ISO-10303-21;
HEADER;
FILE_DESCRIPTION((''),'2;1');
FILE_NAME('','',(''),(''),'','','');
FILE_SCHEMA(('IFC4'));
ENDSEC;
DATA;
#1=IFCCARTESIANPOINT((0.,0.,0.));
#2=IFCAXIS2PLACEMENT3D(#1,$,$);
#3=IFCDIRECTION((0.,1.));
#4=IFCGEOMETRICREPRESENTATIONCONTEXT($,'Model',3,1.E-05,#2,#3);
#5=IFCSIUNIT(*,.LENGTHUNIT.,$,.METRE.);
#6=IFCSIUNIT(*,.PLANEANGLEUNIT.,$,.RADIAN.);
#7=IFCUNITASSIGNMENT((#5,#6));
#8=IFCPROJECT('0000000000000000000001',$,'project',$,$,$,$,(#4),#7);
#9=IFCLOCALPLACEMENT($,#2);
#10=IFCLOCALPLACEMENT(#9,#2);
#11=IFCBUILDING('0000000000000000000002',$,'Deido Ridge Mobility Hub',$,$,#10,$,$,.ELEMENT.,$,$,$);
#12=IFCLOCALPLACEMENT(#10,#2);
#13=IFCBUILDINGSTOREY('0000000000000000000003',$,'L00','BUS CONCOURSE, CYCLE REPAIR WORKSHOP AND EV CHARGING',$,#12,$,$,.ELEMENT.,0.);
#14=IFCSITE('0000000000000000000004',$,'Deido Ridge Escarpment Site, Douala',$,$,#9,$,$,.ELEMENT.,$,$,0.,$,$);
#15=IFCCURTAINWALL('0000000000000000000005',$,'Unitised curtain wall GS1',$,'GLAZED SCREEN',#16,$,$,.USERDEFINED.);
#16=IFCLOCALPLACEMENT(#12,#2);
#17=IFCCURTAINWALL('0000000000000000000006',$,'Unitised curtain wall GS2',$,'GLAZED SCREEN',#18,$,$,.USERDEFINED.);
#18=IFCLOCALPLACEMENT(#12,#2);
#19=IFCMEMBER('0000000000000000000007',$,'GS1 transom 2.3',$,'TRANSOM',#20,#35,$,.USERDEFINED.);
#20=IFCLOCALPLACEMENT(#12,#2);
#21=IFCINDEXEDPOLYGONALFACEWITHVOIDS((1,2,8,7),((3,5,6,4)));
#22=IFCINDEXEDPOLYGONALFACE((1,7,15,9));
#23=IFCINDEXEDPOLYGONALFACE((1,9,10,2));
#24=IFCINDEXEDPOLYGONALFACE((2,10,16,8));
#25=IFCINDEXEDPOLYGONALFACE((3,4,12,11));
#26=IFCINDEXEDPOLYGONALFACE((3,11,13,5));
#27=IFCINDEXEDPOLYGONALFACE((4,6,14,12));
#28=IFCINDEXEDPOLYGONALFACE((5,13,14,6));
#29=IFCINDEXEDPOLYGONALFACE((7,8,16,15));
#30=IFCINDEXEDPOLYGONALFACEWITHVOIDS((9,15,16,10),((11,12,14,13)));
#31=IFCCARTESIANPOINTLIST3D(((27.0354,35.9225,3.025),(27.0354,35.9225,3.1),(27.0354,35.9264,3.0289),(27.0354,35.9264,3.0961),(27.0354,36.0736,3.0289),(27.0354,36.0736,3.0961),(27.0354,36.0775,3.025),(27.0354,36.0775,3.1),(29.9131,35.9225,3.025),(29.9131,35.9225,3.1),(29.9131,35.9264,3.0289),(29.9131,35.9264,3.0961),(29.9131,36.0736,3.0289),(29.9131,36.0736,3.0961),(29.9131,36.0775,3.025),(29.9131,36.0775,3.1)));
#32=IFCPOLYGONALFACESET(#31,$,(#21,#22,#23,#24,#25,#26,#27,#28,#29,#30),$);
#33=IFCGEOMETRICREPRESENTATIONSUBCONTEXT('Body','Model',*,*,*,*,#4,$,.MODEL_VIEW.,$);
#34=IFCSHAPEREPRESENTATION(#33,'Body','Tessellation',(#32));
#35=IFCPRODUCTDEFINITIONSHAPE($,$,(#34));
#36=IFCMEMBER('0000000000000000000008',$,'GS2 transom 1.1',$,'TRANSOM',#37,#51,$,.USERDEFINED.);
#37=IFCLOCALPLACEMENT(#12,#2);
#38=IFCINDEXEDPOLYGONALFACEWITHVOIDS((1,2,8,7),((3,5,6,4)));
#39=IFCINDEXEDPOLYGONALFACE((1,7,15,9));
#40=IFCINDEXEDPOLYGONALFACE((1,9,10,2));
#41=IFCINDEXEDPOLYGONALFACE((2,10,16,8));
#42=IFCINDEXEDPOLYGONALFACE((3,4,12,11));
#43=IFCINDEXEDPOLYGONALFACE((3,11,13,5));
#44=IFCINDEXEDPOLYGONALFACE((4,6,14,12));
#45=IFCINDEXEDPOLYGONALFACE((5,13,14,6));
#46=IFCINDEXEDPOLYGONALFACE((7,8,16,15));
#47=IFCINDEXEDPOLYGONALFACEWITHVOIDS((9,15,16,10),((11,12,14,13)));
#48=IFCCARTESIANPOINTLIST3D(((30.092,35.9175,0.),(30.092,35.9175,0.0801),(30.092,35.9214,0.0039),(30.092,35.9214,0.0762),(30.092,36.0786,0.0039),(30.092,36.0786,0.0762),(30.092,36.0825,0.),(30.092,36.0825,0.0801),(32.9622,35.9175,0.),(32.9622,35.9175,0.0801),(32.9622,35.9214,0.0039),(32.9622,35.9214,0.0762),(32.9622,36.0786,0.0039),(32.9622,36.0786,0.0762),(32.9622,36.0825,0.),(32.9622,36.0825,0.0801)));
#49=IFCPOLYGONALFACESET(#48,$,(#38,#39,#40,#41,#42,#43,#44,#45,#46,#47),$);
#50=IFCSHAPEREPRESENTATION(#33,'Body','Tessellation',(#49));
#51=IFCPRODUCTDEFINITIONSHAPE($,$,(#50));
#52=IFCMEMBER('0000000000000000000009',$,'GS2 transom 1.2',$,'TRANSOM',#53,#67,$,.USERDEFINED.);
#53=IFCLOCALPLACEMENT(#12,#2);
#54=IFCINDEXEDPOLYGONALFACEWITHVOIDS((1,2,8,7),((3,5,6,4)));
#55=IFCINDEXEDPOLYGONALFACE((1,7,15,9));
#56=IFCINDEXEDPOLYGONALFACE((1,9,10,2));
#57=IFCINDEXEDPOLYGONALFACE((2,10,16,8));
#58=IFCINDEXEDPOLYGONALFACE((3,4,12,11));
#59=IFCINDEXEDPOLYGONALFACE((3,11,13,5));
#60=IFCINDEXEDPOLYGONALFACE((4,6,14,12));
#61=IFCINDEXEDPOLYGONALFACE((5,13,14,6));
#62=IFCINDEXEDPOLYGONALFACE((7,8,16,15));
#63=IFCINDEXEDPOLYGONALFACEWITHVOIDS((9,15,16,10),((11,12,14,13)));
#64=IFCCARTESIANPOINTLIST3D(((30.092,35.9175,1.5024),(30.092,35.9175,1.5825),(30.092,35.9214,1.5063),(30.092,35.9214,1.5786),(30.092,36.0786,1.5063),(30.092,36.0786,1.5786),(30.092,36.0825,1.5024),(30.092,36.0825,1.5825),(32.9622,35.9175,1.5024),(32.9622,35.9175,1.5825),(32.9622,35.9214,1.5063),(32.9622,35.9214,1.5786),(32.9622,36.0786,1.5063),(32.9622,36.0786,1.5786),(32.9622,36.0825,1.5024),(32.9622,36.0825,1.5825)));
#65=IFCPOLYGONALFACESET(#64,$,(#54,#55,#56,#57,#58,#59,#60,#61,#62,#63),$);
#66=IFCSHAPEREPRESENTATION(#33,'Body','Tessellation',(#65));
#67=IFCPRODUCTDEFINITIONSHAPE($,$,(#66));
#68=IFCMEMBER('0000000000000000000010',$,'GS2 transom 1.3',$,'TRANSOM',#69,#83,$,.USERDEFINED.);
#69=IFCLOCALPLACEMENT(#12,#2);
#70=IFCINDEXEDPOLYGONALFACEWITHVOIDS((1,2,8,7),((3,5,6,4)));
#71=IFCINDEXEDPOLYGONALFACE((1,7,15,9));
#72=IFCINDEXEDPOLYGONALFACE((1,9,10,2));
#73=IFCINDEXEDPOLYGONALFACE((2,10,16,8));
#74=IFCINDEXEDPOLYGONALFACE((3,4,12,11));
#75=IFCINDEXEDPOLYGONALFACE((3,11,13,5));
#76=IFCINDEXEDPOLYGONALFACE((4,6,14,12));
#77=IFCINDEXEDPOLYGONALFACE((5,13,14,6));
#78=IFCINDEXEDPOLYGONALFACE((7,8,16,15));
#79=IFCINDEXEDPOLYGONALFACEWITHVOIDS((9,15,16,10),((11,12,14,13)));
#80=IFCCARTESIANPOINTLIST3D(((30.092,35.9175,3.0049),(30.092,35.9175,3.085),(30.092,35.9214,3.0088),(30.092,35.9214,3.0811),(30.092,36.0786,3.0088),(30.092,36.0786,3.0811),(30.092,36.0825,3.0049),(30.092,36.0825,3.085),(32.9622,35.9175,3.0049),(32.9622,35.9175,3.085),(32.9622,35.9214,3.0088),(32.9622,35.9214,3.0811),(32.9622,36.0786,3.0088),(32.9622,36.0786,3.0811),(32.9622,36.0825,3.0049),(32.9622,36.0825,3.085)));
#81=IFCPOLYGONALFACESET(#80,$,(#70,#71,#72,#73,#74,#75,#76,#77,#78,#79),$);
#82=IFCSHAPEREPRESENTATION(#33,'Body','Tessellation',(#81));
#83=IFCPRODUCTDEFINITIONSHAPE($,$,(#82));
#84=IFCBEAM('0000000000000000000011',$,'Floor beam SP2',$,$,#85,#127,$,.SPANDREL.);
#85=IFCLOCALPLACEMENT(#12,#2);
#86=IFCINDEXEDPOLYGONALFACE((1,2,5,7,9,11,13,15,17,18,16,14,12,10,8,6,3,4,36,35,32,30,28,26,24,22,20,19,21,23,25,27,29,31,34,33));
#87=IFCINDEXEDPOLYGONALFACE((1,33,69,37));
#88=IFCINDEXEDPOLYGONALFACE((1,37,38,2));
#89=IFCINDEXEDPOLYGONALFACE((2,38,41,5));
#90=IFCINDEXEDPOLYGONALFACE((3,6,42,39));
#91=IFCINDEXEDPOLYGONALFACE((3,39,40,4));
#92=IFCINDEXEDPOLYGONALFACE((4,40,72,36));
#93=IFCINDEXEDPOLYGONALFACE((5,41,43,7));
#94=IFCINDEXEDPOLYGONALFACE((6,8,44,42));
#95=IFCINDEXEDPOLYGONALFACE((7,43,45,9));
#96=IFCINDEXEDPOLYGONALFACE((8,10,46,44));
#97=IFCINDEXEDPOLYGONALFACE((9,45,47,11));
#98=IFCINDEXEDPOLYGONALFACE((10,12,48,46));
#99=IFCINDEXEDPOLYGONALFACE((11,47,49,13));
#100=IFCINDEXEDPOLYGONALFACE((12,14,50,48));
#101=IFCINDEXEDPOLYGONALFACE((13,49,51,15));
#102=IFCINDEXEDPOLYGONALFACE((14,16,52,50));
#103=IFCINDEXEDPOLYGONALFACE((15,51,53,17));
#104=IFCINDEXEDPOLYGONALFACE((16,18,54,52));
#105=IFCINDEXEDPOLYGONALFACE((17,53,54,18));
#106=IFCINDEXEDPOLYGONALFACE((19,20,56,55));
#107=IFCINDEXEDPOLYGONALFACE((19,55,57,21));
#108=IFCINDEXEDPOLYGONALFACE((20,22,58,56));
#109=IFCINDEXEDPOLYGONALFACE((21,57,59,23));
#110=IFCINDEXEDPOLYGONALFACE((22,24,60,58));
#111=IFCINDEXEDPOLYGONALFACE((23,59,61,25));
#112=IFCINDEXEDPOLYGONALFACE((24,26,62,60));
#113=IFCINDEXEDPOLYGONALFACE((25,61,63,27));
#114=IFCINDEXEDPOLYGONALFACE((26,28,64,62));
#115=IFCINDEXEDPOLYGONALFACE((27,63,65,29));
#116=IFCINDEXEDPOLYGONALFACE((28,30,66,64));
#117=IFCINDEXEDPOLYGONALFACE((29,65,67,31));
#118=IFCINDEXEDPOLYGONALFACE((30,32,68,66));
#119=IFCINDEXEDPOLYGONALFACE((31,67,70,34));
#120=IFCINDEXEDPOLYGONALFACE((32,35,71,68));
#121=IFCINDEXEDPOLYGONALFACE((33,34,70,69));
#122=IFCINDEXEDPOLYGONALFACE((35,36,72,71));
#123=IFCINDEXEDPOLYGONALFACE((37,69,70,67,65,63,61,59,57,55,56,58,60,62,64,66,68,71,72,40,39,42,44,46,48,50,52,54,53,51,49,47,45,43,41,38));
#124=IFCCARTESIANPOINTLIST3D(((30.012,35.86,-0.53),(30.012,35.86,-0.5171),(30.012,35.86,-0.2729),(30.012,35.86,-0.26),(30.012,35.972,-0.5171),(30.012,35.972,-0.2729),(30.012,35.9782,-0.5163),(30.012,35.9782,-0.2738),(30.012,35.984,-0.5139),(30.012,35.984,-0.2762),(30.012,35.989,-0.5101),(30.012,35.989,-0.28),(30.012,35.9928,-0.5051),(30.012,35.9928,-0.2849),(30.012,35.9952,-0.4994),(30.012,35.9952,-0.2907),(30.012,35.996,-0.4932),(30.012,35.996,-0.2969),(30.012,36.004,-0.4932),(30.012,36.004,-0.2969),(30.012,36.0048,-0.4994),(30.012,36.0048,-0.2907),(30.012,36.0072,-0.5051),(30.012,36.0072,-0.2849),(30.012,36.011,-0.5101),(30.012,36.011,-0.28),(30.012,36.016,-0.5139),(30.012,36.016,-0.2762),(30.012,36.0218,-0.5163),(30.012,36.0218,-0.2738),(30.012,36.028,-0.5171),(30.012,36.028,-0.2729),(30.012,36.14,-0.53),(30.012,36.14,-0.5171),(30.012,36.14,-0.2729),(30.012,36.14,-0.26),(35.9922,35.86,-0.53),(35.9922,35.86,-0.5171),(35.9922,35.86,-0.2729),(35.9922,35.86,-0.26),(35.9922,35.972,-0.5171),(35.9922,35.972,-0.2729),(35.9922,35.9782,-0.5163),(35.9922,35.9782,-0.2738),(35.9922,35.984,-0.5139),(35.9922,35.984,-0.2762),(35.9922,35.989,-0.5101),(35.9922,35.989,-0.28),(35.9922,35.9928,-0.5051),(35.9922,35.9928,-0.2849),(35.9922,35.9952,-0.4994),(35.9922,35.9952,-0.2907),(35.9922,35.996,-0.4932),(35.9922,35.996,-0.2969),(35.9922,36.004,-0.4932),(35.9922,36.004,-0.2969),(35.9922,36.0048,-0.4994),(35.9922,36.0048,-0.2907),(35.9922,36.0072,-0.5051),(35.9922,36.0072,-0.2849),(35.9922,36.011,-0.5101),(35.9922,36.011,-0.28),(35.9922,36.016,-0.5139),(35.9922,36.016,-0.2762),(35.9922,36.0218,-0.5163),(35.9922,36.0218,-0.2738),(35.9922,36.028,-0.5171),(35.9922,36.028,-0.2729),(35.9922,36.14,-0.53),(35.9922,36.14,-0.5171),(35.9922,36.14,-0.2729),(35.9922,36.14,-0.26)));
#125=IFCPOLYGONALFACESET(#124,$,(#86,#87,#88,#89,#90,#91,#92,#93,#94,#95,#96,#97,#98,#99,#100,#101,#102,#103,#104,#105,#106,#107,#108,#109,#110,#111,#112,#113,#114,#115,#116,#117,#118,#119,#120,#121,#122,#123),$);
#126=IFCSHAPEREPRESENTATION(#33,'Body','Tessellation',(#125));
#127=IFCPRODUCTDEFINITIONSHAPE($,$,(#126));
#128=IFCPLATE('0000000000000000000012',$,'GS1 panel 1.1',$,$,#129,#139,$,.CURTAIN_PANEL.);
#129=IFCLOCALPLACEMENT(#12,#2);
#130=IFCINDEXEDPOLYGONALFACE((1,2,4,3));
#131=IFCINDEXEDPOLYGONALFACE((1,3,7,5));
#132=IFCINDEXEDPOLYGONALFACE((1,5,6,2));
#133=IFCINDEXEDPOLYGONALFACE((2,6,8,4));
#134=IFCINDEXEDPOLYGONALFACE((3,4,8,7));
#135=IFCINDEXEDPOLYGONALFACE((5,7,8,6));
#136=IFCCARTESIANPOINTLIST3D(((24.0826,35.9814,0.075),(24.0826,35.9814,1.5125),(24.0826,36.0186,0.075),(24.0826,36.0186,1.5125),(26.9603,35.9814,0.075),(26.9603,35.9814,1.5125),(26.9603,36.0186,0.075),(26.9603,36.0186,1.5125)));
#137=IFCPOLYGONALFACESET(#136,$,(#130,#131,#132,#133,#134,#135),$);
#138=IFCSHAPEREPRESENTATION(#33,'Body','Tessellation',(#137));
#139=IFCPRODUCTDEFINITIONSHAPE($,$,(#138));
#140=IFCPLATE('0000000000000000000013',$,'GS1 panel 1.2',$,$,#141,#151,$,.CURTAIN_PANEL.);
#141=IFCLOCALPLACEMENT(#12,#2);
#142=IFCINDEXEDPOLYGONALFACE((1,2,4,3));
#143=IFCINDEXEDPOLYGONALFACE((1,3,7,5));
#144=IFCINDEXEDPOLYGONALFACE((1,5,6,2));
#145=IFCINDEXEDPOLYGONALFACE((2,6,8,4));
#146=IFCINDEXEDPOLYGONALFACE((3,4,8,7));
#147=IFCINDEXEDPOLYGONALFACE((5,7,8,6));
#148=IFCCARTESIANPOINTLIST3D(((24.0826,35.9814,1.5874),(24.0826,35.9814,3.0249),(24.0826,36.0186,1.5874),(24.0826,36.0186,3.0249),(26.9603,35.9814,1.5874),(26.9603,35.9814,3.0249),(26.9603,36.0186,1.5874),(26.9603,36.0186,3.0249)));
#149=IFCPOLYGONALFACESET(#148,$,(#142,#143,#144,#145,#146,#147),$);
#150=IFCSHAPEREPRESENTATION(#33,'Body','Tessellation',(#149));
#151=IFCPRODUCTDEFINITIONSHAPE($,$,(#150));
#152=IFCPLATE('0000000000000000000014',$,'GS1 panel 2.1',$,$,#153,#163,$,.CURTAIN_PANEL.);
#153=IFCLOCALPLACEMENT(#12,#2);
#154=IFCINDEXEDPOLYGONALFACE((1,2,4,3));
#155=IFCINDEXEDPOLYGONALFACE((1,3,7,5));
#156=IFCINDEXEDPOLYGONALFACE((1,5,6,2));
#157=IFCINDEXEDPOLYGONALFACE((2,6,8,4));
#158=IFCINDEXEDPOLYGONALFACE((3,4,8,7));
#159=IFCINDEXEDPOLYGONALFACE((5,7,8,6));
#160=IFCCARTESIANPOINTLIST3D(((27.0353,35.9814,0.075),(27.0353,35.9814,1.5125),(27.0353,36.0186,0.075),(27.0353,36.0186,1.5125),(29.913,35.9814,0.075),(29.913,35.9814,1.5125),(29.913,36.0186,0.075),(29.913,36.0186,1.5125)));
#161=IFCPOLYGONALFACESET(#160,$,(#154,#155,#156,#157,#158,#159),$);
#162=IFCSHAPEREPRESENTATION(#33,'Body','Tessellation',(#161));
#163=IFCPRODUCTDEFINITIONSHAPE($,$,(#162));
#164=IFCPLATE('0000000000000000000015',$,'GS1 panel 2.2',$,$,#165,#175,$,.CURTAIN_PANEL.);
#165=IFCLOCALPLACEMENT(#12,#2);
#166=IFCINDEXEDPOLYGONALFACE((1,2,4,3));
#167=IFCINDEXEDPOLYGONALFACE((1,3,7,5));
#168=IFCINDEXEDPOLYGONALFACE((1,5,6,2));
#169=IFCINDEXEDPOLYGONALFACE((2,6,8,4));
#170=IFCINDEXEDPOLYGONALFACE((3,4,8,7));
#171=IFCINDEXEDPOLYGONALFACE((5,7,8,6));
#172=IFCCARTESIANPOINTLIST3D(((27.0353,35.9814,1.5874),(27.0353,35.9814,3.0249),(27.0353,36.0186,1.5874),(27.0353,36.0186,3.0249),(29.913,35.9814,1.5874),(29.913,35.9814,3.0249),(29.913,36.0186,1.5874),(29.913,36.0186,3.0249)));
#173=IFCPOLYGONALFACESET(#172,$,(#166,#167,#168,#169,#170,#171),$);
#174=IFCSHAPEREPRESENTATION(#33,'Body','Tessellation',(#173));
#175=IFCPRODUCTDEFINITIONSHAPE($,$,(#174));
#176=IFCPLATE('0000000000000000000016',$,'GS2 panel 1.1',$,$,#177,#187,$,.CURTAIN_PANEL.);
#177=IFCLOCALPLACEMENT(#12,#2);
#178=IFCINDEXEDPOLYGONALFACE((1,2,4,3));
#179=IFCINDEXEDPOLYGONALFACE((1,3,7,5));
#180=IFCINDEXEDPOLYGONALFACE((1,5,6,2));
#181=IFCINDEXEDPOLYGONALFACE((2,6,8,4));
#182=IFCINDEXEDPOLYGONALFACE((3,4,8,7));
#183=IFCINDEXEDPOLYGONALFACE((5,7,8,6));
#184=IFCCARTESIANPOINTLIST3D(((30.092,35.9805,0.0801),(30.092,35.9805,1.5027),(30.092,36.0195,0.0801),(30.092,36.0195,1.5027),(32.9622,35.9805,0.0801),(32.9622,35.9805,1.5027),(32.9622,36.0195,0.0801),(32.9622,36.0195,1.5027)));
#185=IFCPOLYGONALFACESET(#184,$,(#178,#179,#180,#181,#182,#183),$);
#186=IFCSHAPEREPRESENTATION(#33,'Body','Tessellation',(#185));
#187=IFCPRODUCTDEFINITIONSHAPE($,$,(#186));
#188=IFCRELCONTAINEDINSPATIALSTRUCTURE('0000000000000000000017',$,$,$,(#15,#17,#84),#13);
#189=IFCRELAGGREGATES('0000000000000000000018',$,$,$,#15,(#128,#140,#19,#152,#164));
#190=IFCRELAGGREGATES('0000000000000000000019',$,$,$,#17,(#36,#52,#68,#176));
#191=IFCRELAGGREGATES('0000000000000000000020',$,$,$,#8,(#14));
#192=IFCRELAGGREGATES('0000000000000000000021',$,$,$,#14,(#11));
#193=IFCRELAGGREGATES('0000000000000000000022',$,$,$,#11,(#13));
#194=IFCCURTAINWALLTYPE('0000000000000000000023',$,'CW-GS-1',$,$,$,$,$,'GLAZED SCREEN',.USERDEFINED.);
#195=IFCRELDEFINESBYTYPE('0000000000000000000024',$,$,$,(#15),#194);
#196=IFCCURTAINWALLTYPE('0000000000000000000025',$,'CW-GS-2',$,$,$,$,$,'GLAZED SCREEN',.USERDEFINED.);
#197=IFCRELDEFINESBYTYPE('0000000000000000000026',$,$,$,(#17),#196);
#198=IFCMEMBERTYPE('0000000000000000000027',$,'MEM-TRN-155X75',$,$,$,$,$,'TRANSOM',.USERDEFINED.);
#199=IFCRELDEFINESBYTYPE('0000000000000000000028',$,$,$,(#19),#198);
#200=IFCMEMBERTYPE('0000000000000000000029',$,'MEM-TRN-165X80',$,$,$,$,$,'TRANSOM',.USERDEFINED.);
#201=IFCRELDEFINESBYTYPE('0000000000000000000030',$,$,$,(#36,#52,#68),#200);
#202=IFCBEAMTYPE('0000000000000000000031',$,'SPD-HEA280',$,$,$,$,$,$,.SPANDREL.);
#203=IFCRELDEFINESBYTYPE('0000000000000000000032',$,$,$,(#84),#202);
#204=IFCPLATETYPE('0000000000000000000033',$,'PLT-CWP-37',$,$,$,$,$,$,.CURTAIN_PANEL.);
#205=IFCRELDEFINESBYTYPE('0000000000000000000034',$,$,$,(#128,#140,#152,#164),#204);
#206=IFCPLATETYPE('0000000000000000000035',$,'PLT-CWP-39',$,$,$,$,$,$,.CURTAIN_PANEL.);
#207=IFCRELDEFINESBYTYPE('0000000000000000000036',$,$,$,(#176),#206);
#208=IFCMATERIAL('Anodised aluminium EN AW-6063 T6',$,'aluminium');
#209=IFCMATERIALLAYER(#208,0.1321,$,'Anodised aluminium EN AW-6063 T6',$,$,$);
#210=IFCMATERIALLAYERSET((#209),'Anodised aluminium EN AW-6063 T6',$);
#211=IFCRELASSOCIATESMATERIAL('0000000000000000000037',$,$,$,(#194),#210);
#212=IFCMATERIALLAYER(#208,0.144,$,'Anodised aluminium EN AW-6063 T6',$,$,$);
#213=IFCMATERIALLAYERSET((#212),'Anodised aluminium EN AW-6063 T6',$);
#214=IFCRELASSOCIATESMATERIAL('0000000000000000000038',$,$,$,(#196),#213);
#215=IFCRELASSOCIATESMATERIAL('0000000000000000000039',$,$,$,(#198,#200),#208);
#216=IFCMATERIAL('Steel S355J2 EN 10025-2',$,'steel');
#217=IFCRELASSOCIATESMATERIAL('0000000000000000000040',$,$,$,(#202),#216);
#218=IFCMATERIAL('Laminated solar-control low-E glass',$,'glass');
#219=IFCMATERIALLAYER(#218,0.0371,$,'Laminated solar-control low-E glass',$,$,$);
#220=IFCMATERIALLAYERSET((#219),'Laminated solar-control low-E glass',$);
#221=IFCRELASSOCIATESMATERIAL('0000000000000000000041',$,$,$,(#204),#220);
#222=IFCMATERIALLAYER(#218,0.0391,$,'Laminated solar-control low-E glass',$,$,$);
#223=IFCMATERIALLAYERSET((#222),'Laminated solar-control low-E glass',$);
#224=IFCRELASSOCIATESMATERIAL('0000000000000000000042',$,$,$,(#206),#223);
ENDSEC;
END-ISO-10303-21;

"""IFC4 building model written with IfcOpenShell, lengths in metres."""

from ifc_helpers import new_model, si_unit, direction, frame, origin, origin_2d, place, context, subcontext, project, spatial, rectangle, hollow_rectangle, i_section, extrude, material, layer, layer_set, material_profile, profile_set, type_object, element, aggregate, save


model = new_model("IFC4")

# Units and contexts
model_context = context("Model", 3, precision=1e-05, world=origin(), true_north=direction((0.0, 1.0)))
body_context = subcontext(model_context, "Body", "Model", "MODEL_VIEW")
ifc_project = project(units=[si_unit("LENGTHUNIT", "METRE"), si_unit("PLANEANGLEUNIT", "RADIAN")], contexts=[model_context])

# Site, building, storey
site_placement = place(None, origin())
site = spatial("IfcSite", under=ifc_project, at=site_placement, Name="Deido Ridge Escarpment Site, Douala", CompositionType="ELEMENT", RefElevation=0.0)
building_placement = place(site_placement, origin())
building = spatial("IfcBuilding", under=site, at=building_placement, Name="Deido Ridge Mobility Hub", CompositionType="ELEMENT")
storey_placement = place(building_placement, origin())
storey = spatial("IfcBuildingStorey", under=building, at=storey_placement, Name="L00", Description="BUS CONCOURSE, CYCLE REPAIR WORKSHOP AND EV CHARGING", CompositionType="ELEMENT", Elevation=0.0)

# Shared definitions
ifc_material_1 = material(Name="Steel S355J2 EN 10025-2", Category="steel")

# Curtain wall
ifc_material_2 = material(Name="Anodised aluminium EN AW-6063 T6", Category="aluminium")
ifc_layer_1 = layer(ifc_material_2, 0.1321, Name="Anodised aluminium EN AW-6063 T6")
ifc_layer_set_1 = layer_set([ifc_layer_1], Name="Anodised aluminium EN AW-6063 T6")
curtain_wall_type_1 = type_object("IfcCurtainWallType", Name="CW-GS-1", ElementType="GLAZED SCREEN", PredefinedType="USERDEFINED", material=ifc_layer_set_1)
curtain_wall_1_placement = place(storey_placement, origin())
curtain_wall_1 = element("IfcCurtainWall", 1, at=curtain_wall_1_placement, inside=storey, type_object=curtain_wall_type_1, Name="Unitised curtain wall GS1", ObjectType="GLAZED SCREEN", PredefinedType="USERDEFINED")

# Curtain wall
ifc_layer_2 = layer(ifc_material_2, 0.144, Name="Anodised aluminium EN AW-6063 T6")
ifc_layer_set_2 = layer_set([ifc_layer_2], Name="Anodised aluminium EN AW-6063 T6")
curtain_wall_type_2 = type_object("IfcCurtainWallType", Name="CW-GS-2", ElementType="GLAZED SCREEN", PredefinedType="USERDEFINED", material=ifc_layer_set_2)
curtain_wall_2_placement = place(storey_placement, origin())
curtain_wall_2 = element("IfcCurtainWall", 2, at=curtain_wall_2_placement, inside=storey, type_object=curtain_wall_type_2, Name="Unitised curtain wall GS2", ObjectType="GLAZED SCREEN", PredefinedType="USERDEFINED")

# Members
ifc_material_profile_1 = material_profile(ifc_material_2, hollow_rectangle(XDim=0.155, YDim=0.075, WallThickness=0.0039, at=origin_2d()), Name="RHS 155x75x4")
ifc_profile_set_1 = profile_set([ifc_material_profile_1], Name="Anodised aluminium EN AW-6063 T6")
member_type_1 = type_object("IfcMemberType", Name="MEM-TRN-155X75", ElementType="TRANSOM", PredefinedType="USERDEFINED", material=ifc_profile_set_1)
member_1_placement = place(storey_placement, frame((27.0354, 36.0, 3.0625), z_axis=(1.0, 0.0, 0.0), x_axis=(0.0, 1.0, 0.0)))
member_1 = element("IfcMember", 3, at=member_1_placement, type_object=member_type_1, Name="GS1 transom 2.3", ObjectType="TRANSOM", PredefinedType="USERDEFINED", context=body_context, shape_type="SweptSolid", body=[
    extrude(hollow_rectangle(XDim=0.155, YDim=0.075, WallThickness=0.0039, at=origin_2d()), origin(), (0.0, 0.0, 1.0), 2.8777),
])
ifc_material_profile_2 = material_profile(ifc_material_2, hollow_rectangle(XDim=0.165, YDim=0.0801, WallThickness=0.0039, at=origin_2d()), Name="RHS 165x80x4")
ifc_profile_set_2 = profile_set([ifc_material_profile_2], Name="Anodised aluminium EN AW-6063 T6")
member_type_2 = type_object("IfcMemberType", Name="MEM-TRN-165X80", ElementType="TRANSOM", PredefinedType="USERDEFINED", material=ifc_profile_set_2)
member_2_placement = place(storey_placement, frame((30.092, 36.0, 0.04), z_axis=(1.0, 0.0, 0.0), x_axis=(0.0, 1.0, 0.0)))
member_2 = element("IfcMember", 4, at=member_2_placement, type_object=member_type_2, Name="GS2 transom 1.1", ObjectType="TRANSOM", PredefinedType="USERDEFINED", context=body_context, shape_type="SweptSolid", body=[
    extrude(hollow_rectangle(XDim=0.165, YDim=0.0801, WallThickness=0.0039, at=origin_2d()), origin(), (0.0, 0.0, 1.0), 2.8701),
])
member_3_placement = place(storey_placement, frame((30.092, 36.0, 1.5425), z_axis=(1.0, 0.0, 0.0), x_axis=(0.0, 1.0, 0.0)))
member_3 = element("IfcMember", 5, at=member_3_placement, type_object=member_type_2, Name="GS2 transom 1.2", ObjectType="TRANSOM", PredefinedType="USERDEFINED", context=body_context, shape_type="SweptSolid", body=[
    extrude(hollow_rectangle(XDim=0.165, YDim=0.0801, WallThickness=0.0039, at=origin_2d()), origin(), (0.0, 0.0, 1.0), 2.8701),
])
member_4_placement = place(storey_placement, frame((30.092, 36.0, 3.0449), z_axis=(1.0, 0.0, 0.0), x_axis=(0.0, 1.0, 0.0)))
member_4 = element("IfcMember", 6, at=member_4_placement, type_object=member_type_2, Name="GS2 transom 1.3", ObjectType="TRANSOM", PredefinedType="USERDEFINED", context=body_context, shape_type="SweptSolid", body=[
    extrude(hollow_rectangle(XDim=0.165, YDim=0.0801, WallThickness=0.0039, at=origin_2d()), origin(), (0.0, 0.0, 1.0), 2.8701),
])

# Beam
ifc_material_profile_3 = material_profile(ifc_material_1, i_section(OverallWidth=0.28, OverallDepth=0.27, WebThickness=0.0081, FlangeThickness=0.0129, FilletRadius=0.0239, at=origin_2d()), Name="HEA 280")
ifc_profile_set_3 = profile_set([ifc_material_profile_3], Name="Steel S355J2 EN 10025-2")
beam_type = type_object("IfcBeamType", Name="SPD-HEA280", PredefinedType="SPANDREL", material=ifc_profile_set_3)
beam_placement = place(storey_placement, frame((30.012, 36.0, -0.395), z_axis=(1.0, 0.0, 0.0), x_axis=(0.0, 1.0, 0.0)))
element("IfcBeam", 7, at=beam_placement, inside=storey, type_object=beam_type, Name="Floor beam SP2", PredefinedType="SPANDREL", context=body_context, shape_type="SweptSolid", body=[
    extrude(i_section(OverallWidth=0.28, OverallDepth=0.27, WebThickness=0.0081, FlangeThickness=0.0129, FilletRadius=0.0239, at=origin_2d()), origin(), (0.0, 0.0, 1.0), 5.9802),
])

# Plates
ifc_material_3 = material(Name="Laminated solar-control low-E glass", Category="glass")
ifc_layer_3 = layer(ifc_material_3, 0.0371, Name="Laminated solar-control low-E glass")
ifc_layer_set_3 = layer_set([ifc_layer_3], Name="Laminated solar-control low-E glass")
plate_type_1 = type_object("IfcPlateType", Name="PLT-CWP-37", PredefinedType="CURTAIN_PANEL", material=ifc_layer_set_3)
plate_1_placement = place(storey_placement, frame((25.5215, 36.0, 0.075), z_axis=(0.0, 0.0, 1.0), x_axis=(1.0, 0.0, 0.0)))
plate_1 = element("IfcPlate", 8, at=plate_1_placement, type_object=plate_type_1, Name="GS1 panel 1.1", PredefinedType="CURTAIN_PANEL", context=body_context, shape_type="SweptSolid", body=[
    extrude(rectangle(XDim=2.8777, YDim=0.0371, at=origin_2d()), origin(), (0.0, 0.0, 1.0), 1.4375),
])
plate_2_placement = place(storey_placement, frame((25.5215, 36.0, 1.5874), z_axis=(0.0, 0.0, 1.0), x_axis=(1.0, 0.0, 0.0)))
plate_2 = element("IfcPlate", 9, at=plate_2_placement, type_object=plate_type_1, Name="GS1 panel 1.2", PredefinedType="CURTAIN_PANEL", context=body_context, shape_type="SweptSolid", body=[
    extrude(rectangle(XDim=2.8777, YDim=0.0371, at=origin_2d()), origin(), (0.0, 0.0, 1.0), 1.4375),
])
plate_3_placement = place(storey_placement, frame((28.4741, 36.0, 0.075), z_axis=(0.0, 0.0, 1.0), x_axis=(1.0, 0.0, 0.0)))
plate_3 = element("IfcPlate", 10, at=plate_3_placement, type_object=plate_type_1, Name="GS1 panel 2.1", PredefinedType="CURTAIN_PANEL", context=body_context, shape_type="SweptSolid", body=[
    extrude(rectangle(XDim=2.8777, YDim=0.0371, at=origin_2d()), origin(), (0.0, 0.0, 1.0), 1.4375),
])
plate_4_placement = place(storey_placement, frame((28.4741, 36.0, 1.5874), z_axis=(0.0, 0.0, 1.0), x_axis=(1.0, 0.0, 0.0)))
plate_4 = element("IfcPlate", 11, at=plate_4_placement, type_object=plate_type_1, Name="GS1 panel 2.2", PredefinedType="CURTAIN_PANEL", context=body_context, shape_type="SweptSolid", body=[
    extrude(rectangle(XDim=2.8777, YDim=0.0371, at=origin_2d()), origin(), (0.0, 0.0, 1.0), 1.4375),
])
aggregate(curtain_wall_1, [plate_1, plate_2, member_1, plate_3, plate_4])
ifc_layer_4 = layer(ifc_material_3, 0.0391, Name="Laminated solar-control low-E glass")
ifc_layer_set_4 = layer_set([ifc_layer_4], Name="Laminated solar-control low-E glass")
plate_type_2 = type_object("IfcPlateType", Name="PLT-CWP-39", PredefinedType="CURTAIN_PANEL", material=ifc_layer_set_4)
plate_5_placement = place(storey_placement, frame((31.5271, 36.0, 0.0801), z_axis=(0.0, 0.0, 1.0), x_axis=(1.0, 0.0, 0.0)))
plate_5 = element("IfcPlate", 12, at=plate_5_placement, type_object=plate_type_2, Name="GS2 panel 1.1", PredefinedType="CURTAIN_PANEL", context=body_context, shape_type="SweptSolid", body=[
    extrude(rectangle(XDim=2.8701, YDim=0.0391, at=origin_2d()), origin(), (0.0, 0.0, 1.0), 1.4226),
])
aggregate(curtain_wall_2, [member_2, member_3, member_4, plate_5])

save(model, "model.ifc")
